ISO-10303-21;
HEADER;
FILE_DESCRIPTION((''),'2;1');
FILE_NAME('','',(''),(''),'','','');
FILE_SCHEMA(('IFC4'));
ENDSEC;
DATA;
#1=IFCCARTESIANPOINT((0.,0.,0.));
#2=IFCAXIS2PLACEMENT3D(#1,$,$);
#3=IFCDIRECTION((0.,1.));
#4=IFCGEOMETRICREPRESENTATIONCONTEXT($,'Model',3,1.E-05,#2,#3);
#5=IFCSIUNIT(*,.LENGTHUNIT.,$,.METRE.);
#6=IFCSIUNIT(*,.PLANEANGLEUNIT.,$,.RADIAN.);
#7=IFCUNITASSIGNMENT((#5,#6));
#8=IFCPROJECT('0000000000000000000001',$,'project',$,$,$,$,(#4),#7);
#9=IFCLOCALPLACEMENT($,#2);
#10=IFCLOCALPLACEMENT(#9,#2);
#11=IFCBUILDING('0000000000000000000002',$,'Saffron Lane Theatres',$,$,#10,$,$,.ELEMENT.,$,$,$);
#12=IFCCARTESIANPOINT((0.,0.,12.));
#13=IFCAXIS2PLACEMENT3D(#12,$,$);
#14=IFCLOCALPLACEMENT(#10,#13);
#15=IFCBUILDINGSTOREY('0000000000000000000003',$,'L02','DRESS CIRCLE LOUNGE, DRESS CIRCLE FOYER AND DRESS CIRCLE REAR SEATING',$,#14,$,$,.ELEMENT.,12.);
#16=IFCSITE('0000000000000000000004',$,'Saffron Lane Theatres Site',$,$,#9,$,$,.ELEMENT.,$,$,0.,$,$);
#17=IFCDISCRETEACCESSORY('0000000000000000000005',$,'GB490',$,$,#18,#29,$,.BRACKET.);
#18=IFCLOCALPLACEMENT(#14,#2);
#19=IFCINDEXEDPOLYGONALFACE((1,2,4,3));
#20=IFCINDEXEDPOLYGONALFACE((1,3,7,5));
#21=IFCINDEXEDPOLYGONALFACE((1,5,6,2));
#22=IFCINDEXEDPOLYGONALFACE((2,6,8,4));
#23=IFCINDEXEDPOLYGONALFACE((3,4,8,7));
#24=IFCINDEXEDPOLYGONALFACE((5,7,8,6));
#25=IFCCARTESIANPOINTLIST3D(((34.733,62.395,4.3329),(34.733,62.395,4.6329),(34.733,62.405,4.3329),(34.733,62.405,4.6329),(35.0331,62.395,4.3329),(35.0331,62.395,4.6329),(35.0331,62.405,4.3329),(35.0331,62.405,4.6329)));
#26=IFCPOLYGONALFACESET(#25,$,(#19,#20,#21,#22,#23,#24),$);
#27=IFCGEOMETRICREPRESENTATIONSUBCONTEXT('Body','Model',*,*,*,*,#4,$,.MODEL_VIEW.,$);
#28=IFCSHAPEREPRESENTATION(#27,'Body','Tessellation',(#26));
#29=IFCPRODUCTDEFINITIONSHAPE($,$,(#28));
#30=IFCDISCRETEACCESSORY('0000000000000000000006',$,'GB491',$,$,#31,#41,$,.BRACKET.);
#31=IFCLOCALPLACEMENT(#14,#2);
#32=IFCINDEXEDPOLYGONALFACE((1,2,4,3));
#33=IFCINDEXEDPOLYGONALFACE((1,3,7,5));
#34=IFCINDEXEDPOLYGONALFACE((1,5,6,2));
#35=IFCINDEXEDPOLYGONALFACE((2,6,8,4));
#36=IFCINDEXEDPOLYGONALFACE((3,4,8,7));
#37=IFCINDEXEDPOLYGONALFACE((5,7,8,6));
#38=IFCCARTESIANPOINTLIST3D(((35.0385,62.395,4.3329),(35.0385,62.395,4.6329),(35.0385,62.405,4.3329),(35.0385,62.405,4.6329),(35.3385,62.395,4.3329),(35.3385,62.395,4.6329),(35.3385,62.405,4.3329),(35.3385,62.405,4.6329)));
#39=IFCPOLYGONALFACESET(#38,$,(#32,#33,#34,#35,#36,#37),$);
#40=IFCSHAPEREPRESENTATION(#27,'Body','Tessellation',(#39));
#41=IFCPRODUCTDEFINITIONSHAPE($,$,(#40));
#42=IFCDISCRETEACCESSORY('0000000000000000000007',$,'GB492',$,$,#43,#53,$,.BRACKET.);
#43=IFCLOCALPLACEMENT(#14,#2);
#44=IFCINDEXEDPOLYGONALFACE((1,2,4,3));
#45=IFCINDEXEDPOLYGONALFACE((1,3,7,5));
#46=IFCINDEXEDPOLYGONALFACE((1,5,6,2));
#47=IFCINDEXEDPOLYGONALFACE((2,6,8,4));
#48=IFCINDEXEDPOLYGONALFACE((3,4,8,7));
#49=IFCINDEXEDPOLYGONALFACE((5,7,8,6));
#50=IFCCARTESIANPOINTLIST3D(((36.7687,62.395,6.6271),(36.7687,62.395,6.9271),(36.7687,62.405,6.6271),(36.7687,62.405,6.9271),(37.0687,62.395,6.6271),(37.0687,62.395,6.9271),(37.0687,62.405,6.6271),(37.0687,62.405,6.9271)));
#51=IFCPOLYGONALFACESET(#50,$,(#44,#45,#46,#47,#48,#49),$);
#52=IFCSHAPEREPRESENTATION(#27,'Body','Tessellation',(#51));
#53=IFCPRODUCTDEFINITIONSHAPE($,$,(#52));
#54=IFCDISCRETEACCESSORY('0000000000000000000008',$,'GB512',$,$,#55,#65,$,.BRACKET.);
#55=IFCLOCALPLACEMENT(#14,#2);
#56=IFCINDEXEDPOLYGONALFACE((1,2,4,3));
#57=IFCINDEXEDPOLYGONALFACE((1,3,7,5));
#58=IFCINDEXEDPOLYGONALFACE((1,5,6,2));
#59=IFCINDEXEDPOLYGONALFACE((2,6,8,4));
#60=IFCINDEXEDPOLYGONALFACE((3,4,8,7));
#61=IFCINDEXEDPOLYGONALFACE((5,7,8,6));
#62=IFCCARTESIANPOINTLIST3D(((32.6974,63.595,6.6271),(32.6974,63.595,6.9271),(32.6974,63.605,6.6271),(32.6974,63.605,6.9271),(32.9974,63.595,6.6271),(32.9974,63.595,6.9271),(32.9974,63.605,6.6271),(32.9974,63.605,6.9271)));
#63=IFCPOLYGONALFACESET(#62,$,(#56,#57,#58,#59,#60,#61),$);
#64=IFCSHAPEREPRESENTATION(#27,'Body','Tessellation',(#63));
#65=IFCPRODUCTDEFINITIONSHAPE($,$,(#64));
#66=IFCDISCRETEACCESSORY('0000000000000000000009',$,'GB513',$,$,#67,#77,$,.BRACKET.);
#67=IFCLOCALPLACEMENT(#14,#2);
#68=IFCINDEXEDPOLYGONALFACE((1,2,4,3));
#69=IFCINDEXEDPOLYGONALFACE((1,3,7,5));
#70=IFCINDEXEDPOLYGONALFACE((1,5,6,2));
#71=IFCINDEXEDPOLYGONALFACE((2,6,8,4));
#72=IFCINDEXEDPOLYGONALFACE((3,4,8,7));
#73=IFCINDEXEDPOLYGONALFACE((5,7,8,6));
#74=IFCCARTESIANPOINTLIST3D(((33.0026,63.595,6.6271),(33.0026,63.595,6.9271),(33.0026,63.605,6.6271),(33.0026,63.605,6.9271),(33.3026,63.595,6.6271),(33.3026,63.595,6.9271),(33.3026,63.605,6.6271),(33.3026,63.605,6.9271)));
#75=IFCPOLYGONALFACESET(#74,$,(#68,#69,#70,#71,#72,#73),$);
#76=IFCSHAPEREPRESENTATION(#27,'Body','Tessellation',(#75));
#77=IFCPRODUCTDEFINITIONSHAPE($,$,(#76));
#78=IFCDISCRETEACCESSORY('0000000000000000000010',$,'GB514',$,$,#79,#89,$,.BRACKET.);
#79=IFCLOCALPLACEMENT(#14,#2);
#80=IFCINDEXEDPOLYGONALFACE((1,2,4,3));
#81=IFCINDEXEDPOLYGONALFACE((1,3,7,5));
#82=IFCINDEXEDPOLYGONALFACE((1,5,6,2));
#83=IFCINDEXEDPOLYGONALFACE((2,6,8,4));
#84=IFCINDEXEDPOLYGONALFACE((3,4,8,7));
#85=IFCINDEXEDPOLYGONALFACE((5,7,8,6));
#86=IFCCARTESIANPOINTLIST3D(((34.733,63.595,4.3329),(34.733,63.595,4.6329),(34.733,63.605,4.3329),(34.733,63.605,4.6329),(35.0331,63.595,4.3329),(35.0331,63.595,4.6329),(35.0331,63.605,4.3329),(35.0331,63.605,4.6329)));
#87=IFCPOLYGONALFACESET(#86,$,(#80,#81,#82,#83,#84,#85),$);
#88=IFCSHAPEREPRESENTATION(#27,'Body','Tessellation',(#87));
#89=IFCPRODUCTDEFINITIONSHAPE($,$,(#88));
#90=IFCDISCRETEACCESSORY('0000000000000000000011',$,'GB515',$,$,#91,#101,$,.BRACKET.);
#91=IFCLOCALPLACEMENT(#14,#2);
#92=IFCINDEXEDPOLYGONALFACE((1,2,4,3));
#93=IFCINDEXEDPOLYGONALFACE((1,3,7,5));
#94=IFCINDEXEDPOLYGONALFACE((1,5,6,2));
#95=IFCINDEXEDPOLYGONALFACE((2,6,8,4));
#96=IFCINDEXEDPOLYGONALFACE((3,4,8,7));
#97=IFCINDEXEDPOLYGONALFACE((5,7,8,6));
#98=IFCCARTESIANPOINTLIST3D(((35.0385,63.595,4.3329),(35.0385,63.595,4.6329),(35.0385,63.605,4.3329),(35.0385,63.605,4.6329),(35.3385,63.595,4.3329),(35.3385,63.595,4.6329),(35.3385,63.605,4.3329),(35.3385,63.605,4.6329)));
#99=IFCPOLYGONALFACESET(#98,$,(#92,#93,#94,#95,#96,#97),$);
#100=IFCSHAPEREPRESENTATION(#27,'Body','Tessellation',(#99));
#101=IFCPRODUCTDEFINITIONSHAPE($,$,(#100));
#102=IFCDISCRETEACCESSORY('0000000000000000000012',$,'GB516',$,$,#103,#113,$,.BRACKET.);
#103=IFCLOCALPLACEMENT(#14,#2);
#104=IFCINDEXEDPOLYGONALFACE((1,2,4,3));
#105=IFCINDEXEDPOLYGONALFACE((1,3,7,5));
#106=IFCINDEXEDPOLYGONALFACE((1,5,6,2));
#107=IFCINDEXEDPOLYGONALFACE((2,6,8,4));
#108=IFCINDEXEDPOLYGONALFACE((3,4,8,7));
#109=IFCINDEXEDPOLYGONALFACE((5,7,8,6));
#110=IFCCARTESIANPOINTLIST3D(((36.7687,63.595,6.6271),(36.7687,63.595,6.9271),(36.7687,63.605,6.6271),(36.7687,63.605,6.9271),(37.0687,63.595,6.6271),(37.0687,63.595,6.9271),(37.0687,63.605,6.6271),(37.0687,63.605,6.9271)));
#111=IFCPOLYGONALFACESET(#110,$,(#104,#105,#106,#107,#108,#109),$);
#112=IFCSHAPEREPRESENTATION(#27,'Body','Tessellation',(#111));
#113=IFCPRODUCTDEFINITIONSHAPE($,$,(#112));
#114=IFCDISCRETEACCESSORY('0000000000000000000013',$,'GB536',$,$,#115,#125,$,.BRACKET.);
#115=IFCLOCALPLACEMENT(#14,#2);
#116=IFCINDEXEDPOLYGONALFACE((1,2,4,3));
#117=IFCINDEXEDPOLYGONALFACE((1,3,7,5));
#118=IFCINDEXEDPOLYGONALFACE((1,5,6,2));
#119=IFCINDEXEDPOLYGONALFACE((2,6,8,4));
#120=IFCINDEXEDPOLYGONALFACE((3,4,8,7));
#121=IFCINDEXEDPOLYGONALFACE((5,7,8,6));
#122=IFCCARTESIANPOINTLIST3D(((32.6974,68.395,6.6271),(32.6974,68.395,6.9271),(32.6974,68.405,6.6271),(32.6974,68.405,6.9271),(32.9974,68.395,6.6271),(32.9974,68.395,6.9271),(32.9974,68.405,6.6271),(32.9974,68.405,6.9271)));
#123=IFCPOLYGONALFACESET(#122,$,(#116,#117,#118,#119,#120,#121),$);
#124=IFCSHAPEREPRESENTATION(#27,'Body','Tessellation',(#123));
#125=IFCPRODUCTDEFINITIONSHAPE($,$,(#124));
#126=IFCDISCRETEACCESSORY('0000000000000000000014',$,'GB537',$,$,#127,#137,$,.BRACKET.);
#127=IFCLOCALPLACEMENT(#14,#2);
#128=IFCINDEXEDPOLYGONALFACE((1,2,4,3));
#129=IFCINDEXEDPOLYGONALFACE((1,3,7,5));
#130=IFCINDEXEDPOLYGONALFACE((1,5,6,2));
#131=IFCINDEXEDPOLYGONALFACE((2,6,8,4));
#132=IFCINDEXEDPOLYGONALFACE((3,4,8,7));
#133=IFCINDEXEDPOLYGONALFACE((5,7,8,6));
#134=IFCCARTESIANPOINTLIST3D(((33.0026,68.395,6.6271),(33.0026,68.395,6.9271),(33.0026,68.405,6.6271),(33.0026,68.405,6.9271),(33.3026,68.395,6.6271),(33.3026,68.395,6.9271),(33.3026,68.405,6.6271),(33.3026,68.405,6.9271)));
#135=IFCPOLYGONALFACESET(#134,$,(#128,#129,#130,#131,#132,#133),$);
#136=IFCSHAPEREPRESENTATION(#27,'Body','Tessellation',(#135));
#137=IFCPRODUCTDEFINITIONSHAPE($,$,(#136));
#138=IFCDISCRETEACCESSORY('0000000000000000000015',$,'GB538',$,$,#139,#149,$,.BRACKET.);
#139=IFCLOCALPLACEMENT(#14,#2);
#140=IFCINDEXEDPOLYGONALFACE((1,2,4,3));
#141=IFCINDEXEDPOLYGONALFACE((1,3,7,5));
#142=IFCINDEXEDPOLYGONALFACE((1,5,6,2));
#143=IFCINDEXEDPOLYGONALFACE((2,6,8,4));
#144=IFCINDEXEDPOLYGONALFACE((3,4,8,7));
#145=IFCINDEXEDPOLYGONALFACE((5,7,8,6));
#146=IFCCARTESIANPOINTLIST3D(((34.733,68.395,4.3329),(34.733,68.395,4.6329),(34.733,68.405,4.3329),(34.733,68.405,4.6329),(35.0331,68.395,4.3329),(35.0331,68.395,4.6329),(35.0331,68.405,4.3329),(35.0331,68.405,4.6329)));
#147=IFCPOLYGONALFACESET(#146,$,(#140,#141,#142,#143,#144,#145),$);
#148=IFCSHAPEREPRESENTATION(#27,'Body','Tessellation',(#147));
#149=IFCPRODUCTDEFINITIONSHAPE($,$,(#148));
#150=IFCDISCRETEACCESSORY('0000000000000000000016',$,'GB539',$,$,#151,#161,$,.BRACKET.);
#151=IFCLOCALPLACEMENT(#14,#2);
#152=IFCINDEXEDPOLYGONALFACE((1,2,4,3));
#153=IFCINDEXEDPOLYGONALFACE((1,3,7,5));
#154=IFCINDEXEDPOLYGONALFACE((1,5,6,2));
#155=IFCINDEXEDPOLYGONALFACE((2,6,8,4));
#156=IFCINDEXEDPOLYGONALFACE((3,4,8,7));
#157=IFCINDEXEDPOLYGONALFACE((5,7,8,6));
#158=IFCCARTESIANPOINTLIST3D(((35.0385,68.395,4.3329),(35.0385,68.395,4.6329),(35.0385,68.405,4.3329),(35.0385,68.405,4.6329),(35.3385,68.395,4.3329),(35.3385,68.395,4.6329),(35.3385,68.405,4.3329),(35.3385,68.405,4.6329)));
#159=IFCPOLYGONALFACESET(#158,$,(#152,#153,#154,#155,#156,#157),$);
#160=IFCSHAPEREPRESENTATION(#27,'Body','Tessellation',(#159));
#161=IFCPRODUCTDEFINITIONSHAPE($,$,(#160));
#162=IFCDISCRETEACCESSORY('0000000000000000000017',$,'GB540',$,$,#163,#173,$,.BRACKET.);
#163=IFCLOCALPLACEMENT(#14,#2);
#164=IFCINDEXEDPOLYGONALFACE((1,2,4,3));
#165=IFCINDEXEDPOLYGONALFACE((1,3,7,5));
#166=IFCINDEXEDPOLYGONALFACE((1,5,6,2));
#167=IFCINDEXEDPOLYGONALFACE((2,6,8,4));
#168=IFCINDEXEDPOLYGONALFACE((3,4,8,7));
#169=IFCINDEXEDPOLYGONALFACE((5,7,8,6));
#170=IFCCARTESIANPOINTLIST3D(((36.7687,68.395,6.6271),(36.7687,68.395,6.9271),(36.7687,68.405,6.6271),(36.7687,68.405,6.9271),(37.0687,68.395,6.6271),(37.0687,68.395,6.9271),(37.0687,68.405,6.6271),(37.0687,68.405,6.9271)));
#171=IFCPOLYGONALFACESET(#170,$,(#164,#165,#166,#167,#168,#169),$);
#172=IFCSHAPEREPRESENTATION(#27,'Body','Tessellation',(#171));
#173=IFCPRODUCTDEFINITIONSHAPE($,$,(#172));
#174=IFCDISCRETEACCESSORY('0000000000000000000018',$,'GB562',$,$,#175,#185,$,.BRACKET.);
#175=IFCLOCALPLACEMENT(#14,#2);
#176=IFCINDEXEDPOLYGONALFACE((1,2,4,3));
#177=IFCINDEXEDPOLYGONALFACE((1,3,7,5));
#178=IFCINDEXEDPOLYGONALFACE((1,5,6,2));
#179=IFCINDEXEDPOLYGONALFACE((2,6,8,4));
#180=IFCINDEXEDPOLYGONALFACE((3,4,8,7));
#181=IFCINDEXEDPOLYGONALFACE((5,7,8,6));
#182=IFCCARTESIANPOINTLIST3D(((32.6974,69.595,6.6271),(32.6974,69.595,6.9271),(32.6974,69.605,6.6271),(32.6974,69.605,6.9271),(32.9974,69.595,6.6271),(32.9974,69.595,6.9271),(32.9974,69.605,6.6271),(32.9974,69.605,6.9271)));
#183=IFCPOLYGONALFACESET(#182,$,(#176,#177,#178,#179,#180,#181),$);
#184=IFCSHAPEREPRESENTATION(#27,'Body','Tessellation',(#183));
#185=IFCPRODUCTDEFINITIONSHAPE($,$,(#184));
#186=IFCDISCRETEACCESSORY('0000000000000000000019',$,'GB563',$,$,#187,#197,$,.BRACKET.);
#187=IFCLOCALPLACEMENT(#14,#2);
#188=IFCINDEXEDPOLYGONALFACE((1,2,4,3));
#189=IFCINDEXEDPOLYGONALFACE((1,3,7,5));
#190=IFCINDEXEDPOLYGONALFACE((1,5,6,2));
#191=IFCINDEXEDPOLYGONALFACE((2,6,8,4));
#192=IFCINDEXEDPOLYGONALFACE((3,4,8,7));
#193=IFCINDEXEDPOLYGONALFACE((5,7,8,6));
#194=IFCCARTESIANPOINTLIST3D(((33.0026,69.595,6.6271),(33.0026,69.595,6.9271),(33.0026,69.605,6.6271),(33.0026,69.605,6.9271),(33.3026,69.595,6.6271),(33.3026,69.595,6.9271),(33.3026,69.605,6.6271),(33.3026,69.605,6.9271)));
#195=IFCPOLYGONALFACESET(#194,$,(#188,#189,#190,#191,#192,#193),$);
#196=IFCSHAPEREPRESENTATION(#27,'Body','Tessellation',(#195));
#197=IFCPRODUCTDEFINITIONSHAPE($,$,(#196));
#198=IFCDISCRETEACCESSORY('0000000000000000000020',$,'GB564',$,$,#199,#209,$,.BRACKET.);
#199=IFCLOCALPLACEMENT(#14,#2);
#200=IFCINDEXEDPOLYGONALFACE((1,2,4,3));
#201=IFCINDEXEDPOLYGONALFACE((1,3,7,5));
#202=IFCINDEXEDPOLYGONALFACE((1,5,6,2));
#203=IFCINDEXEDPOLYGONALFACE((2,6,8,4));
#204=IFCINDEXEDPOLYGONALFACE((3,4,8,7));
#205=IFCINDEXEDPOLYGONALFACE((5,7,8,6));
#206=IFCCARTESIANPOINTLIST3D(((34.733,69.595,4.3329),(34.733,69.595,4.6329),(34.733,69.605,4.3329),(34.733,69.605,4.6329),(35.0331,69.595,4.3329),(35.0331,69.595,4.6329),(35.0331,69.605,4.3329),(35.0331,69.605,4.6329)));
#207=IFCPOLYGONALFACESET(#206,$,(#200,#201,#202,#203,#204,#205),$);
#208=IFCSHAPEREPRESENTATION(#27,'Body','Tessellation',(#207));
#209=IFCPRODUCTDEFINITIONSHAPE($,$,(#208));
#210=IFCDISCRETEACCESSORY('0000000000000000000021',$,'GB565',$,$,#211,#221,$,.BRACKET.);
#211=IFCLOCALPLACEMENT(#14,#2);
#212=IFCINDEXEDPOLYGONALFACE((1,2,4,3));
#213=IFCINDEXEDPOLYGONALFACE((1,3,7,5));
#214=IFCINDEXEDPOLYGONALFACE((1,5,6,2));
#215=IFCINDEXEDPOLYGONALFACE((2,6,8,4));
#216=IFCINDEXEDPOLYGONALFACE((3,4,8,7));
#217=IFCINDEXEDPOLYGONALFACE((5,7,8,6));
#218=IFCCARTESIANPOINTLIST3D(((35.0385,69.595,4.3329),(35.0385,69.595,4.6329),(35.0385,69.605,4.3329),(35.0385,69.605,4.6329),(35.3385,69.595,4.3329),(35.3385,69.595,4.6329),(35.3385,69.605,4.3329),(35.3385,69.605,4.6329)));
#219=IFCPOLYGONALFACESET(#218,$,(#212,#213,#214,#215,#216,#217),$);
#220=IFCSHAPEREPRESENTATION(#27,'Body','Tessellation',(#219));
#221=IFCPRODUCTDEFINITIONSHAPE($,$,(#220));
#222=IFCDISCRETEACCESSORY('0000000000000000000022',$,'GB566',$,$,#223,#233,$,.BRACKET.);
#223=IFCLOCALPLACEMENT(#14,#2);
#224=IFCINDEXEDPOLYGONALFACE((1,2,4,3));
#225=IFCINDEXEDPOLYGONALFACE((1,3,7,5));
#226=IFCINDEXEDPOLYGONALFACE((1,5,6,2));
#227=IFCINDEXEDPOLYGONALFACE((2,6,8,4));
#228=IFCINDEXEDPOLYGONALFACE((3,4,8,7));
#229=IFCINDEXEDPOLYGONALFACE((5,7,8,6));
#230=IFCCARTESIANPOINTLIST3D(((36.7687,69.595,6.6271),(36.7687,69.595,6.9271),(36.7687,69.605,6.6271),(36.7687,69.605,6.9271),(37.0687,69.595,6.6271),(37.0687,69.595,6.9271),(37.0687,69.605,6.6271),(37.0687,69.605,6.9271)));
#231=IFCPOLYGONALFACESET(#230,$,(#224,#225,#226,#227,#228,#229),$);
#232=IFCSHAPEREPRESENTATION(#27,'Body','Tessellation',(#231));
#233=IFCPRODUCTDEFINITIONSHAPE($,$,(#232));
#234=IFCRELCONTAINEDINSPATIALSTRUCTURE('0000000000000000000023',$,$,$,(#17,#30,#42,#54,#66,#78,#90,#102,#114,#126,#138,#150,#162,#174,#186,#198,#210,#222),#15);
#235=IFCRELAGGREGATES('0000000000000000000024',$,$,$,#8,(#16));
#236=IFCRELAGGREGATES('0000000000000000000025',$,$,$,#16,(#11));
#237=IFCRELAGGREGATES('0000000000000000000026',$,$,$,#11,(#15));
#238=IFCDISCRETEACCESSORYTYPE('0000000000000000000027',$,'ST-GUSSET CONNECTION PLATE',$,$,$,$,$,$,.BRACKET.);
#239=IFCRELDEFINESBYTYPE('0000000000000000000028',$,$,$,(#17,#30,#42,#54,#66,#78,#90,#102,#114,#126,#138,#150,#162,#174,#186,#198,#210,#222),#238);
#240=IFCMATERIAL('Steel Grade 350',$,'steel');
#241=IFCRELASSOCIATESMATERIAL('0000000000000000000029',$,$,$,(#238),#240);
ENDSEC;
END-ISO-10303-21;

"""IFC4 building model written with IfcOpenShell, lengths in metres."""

from ifc_helpers import new_model, si_unit, direction, frame, origin, origin_2d, place, context, subcontext, project, spatial, rectangle, extrude, material, material_profile, profile_set, type_object, element, save


model = new_model("IFC4")

# Units and contexts
model_context = context("Model", 3, precision=1e-05, world=origin(), true_north=direction((0.0, 1.0)))
body_context = subcontext(model_context, "Body", "Model", "MODEL_VIEW")
ifc_project = project(units=[si_unit("LENGTHUNIT", "METRE"), si_unit("PLANEANGLEUNIT", "RADIAN")], contexts=[model_context])

# Site, building, storey
site_placement = place(None, origin())
site = spatial("IfcSite", under=ifc_project, at=site_placement, Name="Saffron Lane Theatres Site", CompositionType="ELEMENT", RefElevation=0.0)
building_placement = place(site_placement, origin())
building = spatial("IfcBuilding", under=site, at=building_placement, Name="Saffron Lane Theatres", CompositionType="ELEMENT")
storey_placement = place(building_placement, frame((0.0, 0.0, 12.0)))
storey = spatial("IfcBuildingStorey", under=building, at=storey_placement, Name="L02", Description="DRESS CIRCLE LOUNGE, DRESS CIRCLE FOYER AND DRESS CIRCLE REAR SEATING", CompositionType="ELEMENT", Elevation=12.0)

# Discrete accessories
ifc_material_1 = material(Name="Steel Grade 350", Category="steel")
ifc_material_profile_1 = material_profile(ifc_material_1, rectangle(XDim=0.3, YDim=0.3, at=origin_2d()))
ifc_profile_set_1 = profile_set([ifc_material_profile_1], Name="Steel Grade 350")
discrete_accessory_type = type_object("IfcDiscreteAccessoryType", Name="ST-GUSSET CONNECTION PLATE", PredefinedType="BRACKET", material=ifc_profile_set_1)
for number, where, z_axis, x_axis, name in (
    (1, (34.8831, 62.395, 4.4829), (0.0, 1.0, 0.0), (-1.0, 0.0, 0.0), "GB490"),
    (2, (35.1885, 62.395, 4.4829), (0.0, 1.0, 0.0), (-1.0, 0.0, 0.0), "GB491"),
    (3, (36.9187, 62.395, 6.7771), (0.0, 1.0, 0.0), (-1.0, 0.0, 0.0), "GB492"),
    (4, (32.8474, 63.595, 6.7771), (0.0, 1.0, 0.0), (-1.0, 0.0, 0.0), "GB512"),
    (5, (33.1526, 63.595, 6.7771), (0.0, 1.0, 0.0), (-1.0, 0.0, 0.0), "GB513"),
    (6, (34.8831, 63.595, 4.4829), (0.0, 1.0, 0.0), (-1.0, 0.0, 0.0), "GB514"),
    (7, (35.1885, 63.595, 4.4829), (0.0, 1.0, 0.0), (-1.0, 0.0, 0.0), "GB515"),
    (8, (36.9187, 63.595, 6.7771), (0.0, 1.0, 0.0), (-1.0, 0.0, 0.0), "GB516"),
    (9, (32.8474, 68.395, 6.7771), (0.0, 1.0, 0.0), (-1.0, 0.0, 0.0), "GB536"),
    (10, (33.1526, 68.395, 6.7771), (0.0, 1.0, 0.0), (-1.0, 0.0, 0.0), "GB537"),
    (11, (34.8831, 68.395, 4.4829), (0.0, 1.0, 0.0), (-1.0, 0.0, 0.0), "GB538"),
    (12, (35.1885, 68.395, 4.4829), (0.0, 1.0, 0.0), (-1.0, 0.0, 0.0), "GB539"),
    (13, (36.9187, 68.395, 6.7771), (0.0, 1.0, 0.0), (-1.0, 0.0, 0.0), "GB540"),
    (14, (32.8474, 69.595, 6.7771), (0.0, 1.0, 0.0), (-1.0, 0.0, 0.0), "GB562"),
    (15, (33.1526, 69.595, 6.7771), (0.0, 1.0, 0.0), (-1.0, 0.0, 0.0), "GB563"),
    (16, (34.8831, 69.595, 4.4829), (0.0, 1.0, 0.0), (-1.0, 0.0, 0.0), "GB564"),
    (17, (35.1885, 69.595, 4.4829), (0.0, 1.0, 0.0), (-1.0, 0.0, 0.0), "GB565"),
    (18, (36.9187, 69.595, 6.7771), (0.0, 1.0, 0.0), (-1.0, 0.0, 0.0), "GB566"),
):
    element("IfcDiscreteAccessory", number, at=place(storey_placement, frame(where, z_axis=z_axis, x_axis=x_axis)), inside=storey, type_object=discrete_accessory_type, Name=name, PredefinedType="BRACKET", context=body_context, shape_type="SweptSolid", body=[
        extrude(rectangle(XDim=0.3, YDim=0.3, at=origin_2d()), origin(), (0.0, 0.0, 1.0), 0.01),
    ])

save(model, "model.ifc")
